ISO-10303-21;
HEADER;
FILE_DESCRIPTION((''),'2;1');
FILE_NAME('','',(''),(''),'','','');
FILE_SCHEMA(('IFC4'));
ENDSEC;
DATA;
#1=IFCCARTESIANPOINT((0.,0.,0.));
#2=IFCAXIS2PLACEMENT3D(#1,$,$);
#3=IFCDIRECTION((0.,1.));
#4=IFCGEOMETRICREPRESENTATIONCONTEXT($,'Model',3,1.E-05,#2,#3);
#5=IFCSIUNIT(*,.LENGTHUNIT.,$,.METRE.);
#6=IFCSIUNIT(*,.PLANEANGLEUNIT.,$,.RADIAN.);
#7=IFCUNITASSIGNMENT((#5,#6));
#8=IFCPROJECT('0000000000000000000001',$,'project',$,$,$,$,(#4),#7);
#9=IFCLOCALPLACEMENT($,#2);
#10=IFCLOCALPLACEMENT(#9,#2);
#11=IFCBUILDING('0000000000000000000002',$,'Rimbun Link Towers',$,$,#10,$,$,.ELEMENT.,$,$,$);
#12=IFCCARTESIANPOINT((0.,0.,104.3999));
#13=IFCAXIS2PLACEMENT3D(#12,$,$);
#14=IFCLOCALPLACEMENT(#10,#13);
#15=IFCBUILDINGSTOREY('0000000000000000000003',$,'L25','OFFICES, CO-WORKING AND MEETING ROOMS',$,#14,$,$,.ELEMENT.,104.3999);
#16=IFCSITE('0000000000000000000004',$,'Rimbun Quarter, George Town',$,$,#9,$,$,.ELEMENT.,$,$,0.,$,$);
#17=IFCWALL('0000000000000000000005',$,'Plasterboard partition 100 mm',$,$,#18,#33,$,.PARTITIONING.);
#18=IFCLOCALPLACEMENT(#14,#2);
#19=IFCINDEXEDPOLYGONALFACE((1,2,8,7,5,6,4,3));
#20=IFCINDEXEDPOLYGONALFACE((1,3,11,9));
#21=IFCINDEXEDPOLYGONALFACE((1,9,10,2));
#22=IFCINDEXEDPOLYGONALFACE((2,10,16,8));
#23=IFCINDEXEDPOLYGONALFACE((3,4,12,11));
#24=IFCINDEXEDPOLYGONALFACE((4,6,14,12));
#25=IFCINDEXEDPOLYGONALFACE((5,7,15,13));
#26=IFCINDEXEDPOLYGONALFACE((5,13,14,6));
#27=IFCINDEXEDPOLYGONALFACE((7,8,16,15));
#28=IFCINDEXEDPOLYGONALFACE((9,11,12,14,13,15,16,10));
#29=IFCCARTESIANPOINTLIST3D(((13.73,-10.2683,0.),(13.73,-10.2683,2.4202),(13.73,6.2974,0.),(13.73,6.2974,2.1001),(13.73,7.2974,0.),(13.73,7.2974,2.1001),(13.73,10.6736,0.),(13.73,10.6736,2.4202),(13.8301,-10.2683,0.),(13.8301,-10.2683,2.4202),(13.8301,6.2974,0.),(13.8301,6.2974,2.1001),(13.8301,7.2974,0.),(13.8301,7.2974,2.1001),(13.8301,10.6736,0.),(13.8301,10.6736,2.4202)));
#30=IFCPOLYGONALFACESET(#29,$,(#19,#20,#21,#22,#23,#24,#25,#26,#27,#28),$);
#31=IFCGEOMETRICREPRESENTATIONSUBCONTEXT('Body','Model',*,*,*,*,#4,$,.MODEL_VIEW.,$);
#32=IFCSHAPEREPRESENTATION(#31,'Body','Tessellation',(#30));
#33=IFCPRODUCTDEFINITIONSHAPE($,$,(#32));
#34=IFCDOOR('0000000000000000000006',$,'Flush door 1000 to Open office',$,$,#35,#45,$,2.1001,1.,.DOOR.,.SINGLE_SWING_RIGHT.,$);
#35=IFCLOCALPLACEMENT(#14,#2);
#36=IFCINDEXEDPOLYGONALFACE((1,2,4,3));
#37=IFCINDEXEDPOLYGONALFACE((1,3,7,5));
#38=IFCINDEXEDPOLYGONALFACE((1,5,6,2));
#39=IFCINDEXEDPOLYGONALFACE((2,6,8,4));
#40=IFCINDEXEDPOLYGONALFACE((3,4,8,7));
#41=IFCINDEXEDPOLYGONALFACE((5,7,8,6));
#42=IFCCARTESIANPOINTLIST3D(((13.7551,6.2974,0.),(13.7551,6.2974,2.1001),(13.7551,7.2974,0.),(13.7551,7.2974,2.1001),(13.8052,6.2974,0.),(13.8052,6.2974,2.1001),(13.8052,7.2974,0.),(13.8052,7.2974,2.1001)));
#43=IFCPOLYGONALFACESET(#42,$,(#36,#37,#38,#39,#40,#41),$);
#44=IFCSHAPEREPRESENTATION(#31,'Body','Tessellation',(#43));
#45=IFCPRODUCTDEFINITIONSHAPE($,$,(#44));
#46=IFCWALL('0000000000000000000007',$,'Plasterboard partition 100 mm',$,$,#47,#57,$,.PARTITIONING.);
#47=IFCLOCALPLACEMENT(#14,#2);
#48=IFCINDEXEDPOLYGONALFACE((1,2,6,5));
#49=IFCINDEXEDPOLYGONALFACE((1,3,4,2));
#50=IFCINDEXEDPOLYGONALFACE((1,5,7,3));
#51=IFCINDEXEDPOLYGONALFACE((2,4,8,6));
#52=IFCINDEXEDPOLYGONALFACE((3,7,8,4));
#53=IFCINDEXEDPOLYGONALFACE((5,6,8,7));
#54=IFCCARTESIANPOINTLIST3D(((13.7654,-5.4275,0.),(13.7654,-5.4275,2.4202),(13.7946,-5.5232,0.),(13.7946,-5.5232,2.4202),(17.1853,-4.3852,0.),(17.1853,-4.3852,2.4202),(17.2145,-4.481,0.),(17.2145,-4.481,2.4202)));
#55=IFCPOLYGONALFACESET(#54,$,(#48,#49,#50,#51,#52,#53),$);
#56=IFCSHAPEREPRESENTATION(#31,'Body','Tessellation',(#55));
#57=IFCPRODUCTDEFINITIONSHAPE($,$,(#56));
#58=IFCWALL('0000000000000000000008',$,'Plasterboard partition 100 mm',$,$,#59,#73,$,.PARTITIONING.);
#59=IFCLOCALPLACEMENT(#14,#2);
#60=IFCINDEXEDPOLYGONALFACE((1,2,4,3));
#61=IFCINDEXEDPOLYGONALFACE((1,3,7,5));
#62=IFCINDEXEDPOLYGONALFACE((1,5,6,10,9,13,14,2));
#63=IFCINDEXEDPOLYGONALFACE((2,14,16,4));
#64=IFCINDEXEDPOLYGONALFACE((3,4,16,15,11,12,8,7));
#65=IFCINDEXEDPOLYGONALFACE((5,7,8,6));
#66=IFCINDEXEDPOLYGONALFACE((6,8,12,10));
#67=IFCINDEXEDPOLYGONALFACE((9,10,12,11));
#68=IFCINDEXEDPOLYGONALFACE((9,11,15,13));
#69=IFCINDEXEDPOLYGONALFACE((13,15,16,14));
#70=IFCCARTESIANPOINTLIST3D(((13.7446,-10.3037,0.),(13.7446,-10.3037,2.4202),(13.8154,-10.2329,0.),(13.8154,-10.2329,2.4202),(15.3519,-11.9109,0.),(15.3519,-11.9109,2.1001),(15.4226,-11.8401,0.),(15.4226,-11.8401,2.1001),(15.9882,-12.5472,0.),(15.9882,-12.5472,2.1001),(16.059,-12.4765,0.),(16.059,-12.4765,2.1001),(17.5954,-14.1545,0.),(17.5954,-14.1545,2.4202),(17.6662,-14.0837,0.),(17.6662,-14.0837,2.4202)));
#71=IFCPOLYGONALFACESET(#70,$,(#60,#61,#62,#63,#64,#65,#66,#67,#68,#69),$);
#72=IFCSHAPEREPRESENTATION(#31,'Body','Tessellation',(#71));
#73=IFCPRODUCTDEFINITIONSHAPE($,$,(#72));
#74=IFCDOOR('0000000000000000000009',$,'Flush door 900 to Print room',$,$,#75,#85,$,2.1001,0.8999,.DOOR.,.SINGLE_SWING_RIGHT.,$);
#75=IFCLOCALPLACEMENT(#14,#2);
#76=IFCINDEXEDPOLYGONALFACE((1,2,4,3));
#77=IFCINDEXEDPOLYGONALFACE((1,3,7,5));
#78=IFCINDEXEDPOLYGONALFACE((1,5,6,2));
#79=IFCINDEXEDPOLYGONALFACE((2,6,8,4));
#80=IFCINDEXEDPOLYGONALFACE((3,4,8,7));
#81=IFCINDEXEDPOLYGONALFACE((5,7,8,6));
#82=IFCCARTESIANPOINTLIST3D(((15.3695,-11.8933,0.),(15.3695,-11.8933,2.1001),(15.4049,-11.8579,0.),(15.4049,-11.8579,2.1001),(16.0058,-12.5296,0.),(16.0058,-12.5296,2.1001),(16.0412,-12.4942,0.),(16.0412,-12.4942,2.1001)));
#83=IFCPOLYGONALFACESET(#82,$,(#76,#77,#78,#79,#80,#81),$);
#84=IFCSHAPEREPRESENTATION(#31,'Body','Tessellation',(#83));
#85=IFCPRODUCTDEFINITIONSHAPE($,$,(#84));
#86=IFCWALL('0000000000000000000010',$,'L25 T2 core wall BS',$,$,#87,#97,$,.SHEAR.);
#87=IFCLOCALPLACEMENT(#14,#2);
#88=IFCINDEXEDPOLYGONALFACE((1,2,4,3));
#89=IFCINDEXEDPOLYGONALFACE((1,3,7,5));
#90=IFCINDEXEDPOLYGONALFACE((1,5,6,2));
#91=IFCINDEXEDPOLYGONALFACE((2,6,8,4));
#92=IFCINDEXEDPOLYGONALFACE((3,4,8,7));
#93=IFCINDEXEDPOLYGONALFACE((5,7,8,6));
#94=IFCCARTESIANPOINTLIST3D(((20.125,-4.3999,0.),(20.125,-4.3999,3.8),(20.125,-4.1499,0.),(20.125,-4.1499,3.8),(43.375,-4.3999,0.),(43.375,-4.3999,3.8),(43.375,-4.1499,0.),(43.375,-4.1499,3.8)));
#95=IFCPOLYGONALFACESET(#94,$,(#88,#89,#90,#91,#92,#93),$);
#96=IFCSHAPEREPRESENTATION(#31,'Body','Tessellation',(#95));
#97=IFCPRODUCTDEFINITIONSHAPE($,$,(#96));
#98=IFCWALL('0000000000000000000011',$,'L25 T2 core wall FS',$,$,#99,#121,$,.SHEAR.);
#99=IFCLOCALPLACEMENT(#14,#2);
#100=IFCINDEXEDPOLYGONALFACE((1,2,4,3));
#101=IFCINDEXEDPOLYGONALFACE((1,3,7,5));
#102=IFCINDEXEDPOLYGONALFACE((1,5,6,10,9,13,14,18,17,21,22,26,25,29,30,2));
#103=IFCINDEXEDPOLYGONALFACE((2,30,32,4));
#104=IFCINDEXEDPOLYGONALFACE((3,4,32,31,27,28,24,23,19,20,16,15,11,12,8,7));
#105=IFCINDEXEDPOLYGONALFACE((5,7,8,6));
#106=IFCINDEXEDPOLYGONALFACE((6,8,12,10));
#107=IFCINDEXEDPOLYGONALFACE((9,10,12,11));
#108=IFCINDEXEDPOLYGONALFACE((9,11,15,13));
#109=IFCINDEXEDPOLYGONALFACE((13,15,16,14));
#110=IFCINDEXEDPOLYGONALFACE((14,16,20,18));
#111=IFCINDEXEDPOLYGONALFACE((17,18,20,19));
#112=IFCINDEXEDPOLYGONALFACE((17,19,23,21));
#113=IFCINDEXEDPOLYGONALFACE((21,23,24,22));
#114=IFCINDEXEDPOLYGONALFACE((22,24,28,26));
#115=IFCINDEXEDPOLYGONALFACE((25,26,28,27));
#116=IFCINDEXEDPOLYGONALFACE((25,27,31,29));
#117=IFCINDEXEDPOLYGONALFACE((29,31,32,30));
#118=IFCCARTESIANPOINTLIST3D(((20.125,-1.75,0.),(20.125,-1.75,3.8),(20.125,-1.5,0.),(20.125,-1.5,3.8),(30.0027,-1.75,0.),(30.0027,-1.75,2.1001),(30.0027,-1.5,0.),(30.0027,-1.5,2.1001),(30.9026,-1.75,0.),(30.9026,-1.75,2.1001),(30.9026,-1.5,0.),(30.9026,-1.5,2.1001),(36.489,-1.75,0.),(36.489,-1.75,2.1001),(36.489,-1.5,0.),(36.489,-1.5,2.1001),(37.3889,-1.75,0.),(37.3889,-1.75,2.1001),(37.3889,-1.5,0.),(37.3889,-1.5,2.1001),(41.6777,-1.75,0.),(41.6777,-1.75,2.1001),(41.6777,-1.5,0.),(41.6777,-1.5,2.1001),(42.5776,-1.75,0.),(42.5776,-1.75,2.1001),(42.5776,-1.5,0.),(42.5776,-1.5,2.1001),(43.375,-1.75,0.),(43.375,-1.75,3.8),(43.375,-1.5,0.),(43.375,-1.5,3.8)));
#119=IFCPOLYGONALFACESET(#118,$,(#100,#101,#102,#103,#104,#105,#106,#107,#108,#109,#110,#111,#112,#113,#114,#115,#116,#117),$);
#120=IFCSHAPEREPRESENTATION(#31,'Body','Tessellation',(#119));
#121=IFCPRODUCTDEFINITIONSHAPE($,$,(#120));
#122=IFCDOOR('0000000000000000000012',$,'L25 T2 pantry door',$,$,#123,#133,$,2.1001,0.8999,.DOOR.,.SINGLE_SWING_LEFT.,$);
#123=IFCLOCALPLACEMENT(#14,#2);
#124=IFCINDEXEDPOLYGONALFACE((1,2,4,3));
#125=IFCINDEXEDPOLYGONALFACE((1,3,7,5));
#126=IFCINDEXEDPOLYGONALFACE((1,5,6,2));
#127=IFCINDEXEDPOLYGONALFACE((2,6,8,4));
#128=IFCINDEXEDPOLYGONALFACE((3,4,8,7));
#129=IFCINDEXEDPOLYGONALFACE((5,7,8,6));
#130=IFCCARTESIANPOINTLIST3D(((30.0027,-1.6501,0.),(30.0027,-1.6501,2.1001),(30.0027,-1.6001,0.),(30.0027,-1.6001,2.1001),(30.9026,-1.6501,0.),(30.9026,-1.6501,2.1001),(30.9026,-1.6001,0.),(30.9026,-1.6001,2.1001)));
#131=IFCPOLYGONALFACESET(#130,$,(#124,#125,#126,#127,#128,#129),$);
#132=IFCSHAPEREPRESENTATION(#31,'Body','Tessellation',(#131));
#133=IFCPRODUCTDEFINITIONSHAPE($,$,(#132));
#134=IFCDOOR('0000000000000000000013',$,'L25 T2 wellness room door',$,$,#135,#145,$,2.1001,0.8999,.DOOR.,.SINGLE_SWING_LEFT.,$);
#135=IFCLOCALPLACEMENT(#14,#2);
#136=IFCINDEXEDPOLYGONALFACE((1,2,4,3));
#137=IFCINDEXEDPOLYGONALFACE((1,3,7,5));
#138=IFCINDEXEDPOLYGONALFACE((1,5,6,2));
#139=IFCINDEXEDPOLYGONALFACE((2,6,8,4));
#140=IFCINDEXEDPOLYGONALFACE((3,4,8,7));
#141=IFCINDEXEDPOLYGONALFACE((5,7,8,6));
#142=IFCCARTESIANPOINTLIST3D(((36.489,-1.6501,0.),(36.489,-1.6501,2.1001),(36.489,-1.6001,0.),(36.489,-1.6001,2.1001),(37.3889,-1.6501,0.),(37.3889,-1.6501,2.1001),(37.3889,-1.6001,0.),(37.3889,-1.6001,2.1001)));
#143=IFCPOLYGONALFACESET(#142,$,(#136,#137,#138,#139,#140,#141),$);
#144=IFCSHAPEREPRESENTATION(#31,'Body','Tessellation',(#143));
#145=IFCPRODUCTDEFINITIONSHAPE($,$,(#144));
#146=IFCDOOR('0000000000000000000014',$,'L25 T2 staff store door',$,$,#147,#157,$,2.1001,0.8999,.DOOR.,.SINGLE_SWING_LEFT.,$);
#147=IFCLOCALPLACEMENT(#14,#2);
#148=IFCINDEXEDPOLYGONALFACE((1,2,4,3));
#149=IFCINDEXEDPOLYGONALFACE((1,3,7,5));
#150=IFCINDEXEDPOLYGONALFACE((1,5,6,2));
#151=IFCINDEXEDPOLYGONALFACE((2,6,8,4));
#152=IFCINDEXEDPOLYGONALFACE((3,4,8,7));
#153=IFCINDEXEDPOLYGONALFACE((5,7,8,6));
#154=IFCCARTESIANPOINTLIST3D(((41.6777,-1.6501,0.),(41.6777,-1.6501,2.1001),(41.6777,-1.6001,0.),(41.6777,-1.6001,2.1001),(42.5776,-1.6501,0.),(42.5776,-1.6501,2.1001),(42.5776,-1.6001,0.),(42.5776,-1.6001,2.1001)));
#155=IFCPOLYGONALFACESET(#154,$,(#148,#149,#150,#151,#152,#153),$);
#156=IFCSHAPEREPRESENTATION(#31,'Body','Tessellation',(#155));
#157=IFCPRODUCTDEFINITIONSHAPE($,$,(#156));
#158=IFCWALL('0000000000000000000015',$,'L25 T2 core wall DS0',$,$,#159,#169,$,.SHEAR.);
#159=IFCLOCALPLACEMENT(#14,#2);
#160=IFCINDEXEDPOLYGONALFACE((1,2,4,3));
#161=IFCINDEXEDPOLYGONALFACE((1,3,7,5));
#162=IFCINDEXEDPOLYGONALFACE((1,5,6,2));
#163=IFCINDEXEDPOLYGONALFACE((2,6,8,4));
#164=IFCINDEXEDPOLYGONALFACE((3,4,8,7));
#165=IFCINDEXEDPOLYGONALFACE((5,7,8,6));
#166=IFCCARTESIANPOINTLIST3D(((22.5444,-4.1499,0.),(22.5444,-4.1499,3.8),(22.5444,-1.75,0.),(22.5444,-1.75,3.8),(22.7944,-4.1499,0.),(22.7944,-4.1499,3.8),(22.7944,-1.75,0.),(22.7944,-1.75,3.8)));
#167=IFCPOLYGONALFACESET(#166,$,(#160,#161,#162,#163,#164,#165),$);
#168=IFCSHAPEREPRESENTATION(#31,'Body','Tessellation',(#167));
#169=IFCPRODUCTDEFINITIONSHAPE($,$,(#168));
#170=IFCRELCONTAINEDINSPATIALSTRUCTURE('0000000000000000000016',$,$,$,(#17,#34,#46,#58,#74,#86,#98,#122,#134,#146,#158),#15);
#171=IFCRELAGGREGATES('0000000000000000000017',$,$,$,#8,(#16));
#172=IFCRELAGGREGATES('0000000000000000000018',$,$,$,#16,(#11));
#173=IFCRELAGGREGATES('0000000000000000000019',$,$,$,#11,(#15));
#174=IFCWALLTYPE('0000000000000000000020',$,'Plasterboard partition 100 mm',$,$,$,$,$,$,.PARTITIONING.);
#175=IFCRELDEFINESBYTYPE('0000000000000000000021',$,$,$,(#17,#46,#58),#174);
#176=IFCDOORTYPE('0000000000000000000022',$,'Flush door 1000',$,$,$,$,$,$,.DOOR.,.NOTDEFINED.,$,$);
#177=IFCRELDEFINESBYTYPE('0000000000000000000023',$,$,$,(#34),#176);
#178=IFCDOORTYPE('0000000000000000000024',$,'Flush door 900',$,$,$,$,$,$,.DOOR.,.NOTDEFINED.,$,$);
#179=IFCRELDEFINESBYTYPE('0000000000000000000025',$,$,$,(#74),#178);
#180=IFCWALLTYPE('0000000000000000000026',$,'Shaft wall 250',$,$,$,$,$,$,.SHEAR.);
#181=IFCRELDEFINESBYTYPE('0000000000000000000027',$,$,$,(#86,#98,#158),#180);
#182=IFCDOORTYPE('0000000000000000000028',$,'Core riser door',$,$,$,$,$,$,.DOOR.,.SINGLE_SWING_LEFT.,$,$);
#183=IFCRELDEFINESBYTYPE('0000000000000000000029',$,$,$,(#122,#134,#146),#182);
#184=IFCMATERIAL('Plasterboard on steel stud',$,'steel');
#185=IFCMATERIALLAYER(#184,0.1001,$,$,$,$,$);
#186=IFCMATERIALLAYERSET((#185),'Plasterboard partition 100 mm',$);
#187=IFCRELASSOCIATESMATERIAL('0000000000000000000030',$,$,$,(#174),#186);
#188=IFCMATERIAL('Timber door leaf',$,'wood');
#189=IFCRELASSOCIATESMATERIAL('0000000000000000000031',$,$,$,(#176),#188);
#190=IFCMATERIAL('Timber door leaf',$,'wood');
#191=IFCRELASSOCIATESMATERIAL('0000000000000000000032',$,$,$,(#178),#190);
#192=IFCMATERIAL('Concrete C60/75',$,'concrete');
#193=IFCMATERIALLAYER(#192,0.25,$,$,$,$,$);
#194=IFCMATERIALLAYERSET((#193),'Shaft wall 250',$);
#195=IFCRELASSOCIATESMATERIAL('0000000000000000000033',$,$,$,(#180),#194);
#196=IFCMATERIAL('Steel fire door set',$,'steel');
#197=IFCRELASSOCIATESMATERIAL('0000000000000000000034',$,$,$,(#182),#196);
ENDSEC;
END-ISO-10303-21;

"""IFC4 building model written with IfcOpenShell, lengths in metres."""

from ifc_helpers import new_model, si_unit, direction, frame, frame_2d, origin, place, context, subcontext, project, spatial, rectangle, extrude, material, layer, layer_set, type_object, element, fill, save


model = new_model("IFC4")

# Units and contexts
model_context = context("Model", 3, precision=1e-05, world=origin(), true_north=direction((0.0, 1.0)))
body_context = subcontext(model_context, "Body", "Model", "MODEL_VIEW")
ifc_project = project(units=[si_unit("LENGTHUNIT", "METRE"), si_unit("PLANEANGLEUNIT", "RADIAN")], contexts=[model_context])

# Site, building, storey
site_placement = place(None, origin())
site = spatial("IfcSite", under=ifc_project, at=site_placement, Name="Rimbun Quarter, George Town", CompositionType="ELEMENT", RefElevation=0.0)
building_placement = place(site_placement, origin())
building = spatial("IfcBuilding", under=site, at=building_placement, Name="Rimbun Link Towers", CompositionType="ELEMENT")
storey_placement = place(building_placement, frame((0.0, 0.0, 104.3999)))
storey = spatial("IfcBuildingStorey", under=building, at=storey_placement, Name="L25", Description="OFFICES, CO-WORKING AND MEETING ROOMS", CompositionType="ELEMENT", Elevation=104.3999)

# Wall, opening, door
ifc_material_1 = material(Name="Plasterboard on steel stud", Category="steel")
ifc_layer_1 = layer(ifc_material_1, 0.1001)
ifc_layer_set_1 = layer_set([ifc_layer_1], Name="Plasterboard partition 100 mm")
wall_type_1 = type_object("IfcWallType", Name="Plasterboard partition 100 mm", PredefinedType="PARTITIONING", material=ifc_layer_set_1)
wall_1_placement = place(storey_placement, frame((13.78, -10.2683, 0.0), z_axis=(0.0, 0.0, 1.0), x_axis=(0.0, 1.0, 0.0)))
wall_1 = element("IfcWall", 1, at=wall_1_placement, inside=storey, type_object=wall_type_1, Name="Plasterboard partition 100 mm", PredefinedType="PARTITIONING", context=body_context, shape_type="SweptSolid", body=[
    extrude(rectangle(XDim=20.9419, YDim=0.1001, at=frame_2d((10.4709, 0.0))), origin(), (0.0, 0.0, 1.0), 2.4202),
])
opening_1_placement = place(wall_1_placement, frame((16.5657, 0.0, 0.0)))
opening_1 = element("IfcOpeningElement", 2, at=opening_1_placement, cuts=wall_1, PredefinedType="OPENING", context=body_context, shape_type="SweptSolid", body=[
    extrude(rectangle(XDim=1.0, YDim=2.1001, at=frame_2d((0.5, 1.05))), frame((0.0, 0.0601, 0.0), z_axis=(0.0, -1.0, 0.0), x_axis=(1.0, 0.0, 0.0)), (0.0, 0.0, 1.0), 0.1201),
])
ifc_material_2 = material(Name="Timber door leaf", Category="wood")
door_type_1 = type_object("IfcDoorType", Name="Flush door 1000", OperationType="NOTDEFINED", PredefinedType="DOOR", material=ifc_material_2)
door_1_placement = place(opening_1_placement, origin())
door_1 = element("IfcDoor", 3, at=door_1_placement, inside=storey, type_object=door_type_1, Name="Flush door 1000 to Open office", OperationType="SINGLE_SWING_RIGHT", OverallHeight=2.1001, OverallWidth=1.0, PredefinedType="DOOR", context=body_context, shape_type="SweptSolid", body=[
    extrude(rectangle(XDim=1.0, YDim=2.1001, at=frame_2d((0.5, 1.05))), frame((0.0, 0.0249, 0.0), z_axis=(0.0, -1.0, 0.0), x_axis=(1.0, 0.0, 0.0)), (0.0, 0.0, 1.0), 0.05),
])
fill(opening_1, door_1)

# Wall
wall_2_placement = place(storey_placement, frame((13.78, -5.4753, 0.0), z_axis=(0.0, 0.0, 1.0), x_axis=(0.956565, 0.291518, 0.0)))
element("IfcWall", 4, at=wall_2_placement, inside=storey, type_object=wall_type_1, Name="Plasterboard partition 100 mm", PredefinedType="PARTITIONING", context=body_context, shape_type="SweptSolid", body=[
    extrude(rectangle(XDim=3.5752, YDim=0.1001, at=frame_2d((1.7876, 0.0))), origin(), (0.0, 0.0, 1.0), 2.4202),
])

# Wall, opening, door
wall_3_placement = place(storey_placement, frame((13.78, -10.2683, 0.0), z_axis=(0.0, 0.0, 1.0), x_axis=(0.707107, -0.707107, 0.0)))
wall_3 = element("IfcWall", 5, at=wall_3_placement, inside=storey, type_object=wall_type_1, Name="Plasterboard partition 100 mm", PredefinedType="PARTITIONING", context=body_context, shape_type="SweptSolid", body=[
    extrude(rectangle(XDim=5.4458, YDim=0.1001, at=frame_2d((2.7229, 0.0))), origin(), (0.0, 0.0, 1.0), 2.4202),
])
opening_2_placement = place(wall_3_placement, frame((2.2729, 0.0, 0.0)))
opening_2 = element("IfcOpeningElement", 6, at=opening_2_placement, cuts=wall_3, PredefinedType="OPENING", context=body_context, shape_type="SweptSolid", body=[
    extrude(rectangle(XDim=0.8999, YDim=2.1001, at=frame_2d((0.45, 1.05))), frame((0.0, 0.0601, 0.0), z_axis=(0.0, -1.0, 0.0), x_axis=(1.0, 0.0, 0.0)), (0.0, 0.0, 1.0), 0.1201),
])
ifc_material_3 = material(Name="Timber door leaf", Category="wood")
door_type_2 = type_object("IfcDoorType", Name="Flush door 900", OperationType="NOTDEFINED", PredefinedType="DOOR", material=ifc_material_3)
door_2_placement = place(opening_2_placement, origin())
door_2 = element("IfcDoor", 7, at=door_2_placement, inside=storey, type_object=door_type_2, Name="Flush door 900 to Print room", OperationType="SINGLE_SWING_RIGHT", OverallHeight=2.1001, OverallWidth=0.8999, PredefinedType="DOOR", context=body_context, shape_type="SweptSolid", body=[
    extrude(rectangle(XDim=0.8999, YDim=2.1001, at=frame_2d((0.45, 1.05))), frame((0.0, 0.0249, 0.0), z_axis=(0.0, -1.0, 0.0), x_axis=(1.0, 0.0, 0.0)), (0.0, 0.0, 1.0), 0.05),
])
fill(opening_2, door_2)

# Wall
ifc_material_4 = material(Name="Concrete C60/75", Category="concrete")
ifc_layer_2 = layer(ifc_material_4, 0.25)
ifc_layer_set_2 = layer_set([ifc_layer_2], Name="Shaft wall 250")
wall_type_2 = type_object("IfcWallType", Name="Shaft wall 250", PredefinedType="SHEAR", material=ifc_layer_set_2)
wall_4_placement = place(storey_placement, frame((20.125, -4.2749, 0.0), z_axis=(0.0, 0.0, 1.0), x_axis=(1.0, 0.0, 0.0)))
element("IfcWall", 8, at=wall_4_placement, inside=storey, type_object=wall_type_2, Name="L25 T2 core wall BS", PredefinedType="SHEAR", context=body_context, shape_type="SweptSolid", body=[
    extrude(rectangle(XDim=23.25, YDim=0.25, at=frame_2d((11.625, 0.0))), origin(), (0.0, 0.0, 1.0), 3.8),
])

# Wall, openings, doors
wall_5_placement = place(storey_placement, frame((20.125, -1.625, 0.0), z_axis=(0.0, 0.0, 1.0), x_axis=(1.0, 0.0, 0.0)))
wall_5 = element("IfcWall", 9, at=wall_5_placement, inside=storey, type_object=wall_type_2, Name="L25 T2 core wall FS", PredefinedType="SHEAR", context=body_context, shape_type="SweptSolid", body=[
    extrude(rectangle(XDim=23.25, YDim=0.25, at=frame_2d((11.625, 0.0))), origin(), (0.0, 0.0, 1.0), 3.8),
])
opening_3_placement = place(wall_5_placement, frame((9.8777, 0.0, 0.0)))
opening_3 = element("IfcOpeningElement", 10, at=opening_3_placement, cuts=wall_5, PredefinedType="OPENING", context=body_context, shape_type="SweptSolid", body=[
    extrude(rectangle(XDim=0.8999, YDim=2.1001, at=frame_2d((0.45, 1.05))), frame((0.0, 0.135, 0.0), z_axis=(0.0, -1.0, 0.0), x_axis=(1.0, 0.0, 0.0)), (0.0, 0.0, 1.0), 0.27),
])
opening_4_placement = place(wall_5_placement, frame((16.364, 0.0, 0.0)))
opening_4 = element("IfcOpeningElement", 11, at=opening_4_placement, cuts=wall_5, PredefinedType="OPENING", context=body_context, shape_type="SweptSolid", body=[
    extrude(rectangle(XDim=0.8999, YDim=2.1001, at=frame_2d((0.45, 1.05))), frame((0.0, 0.135, 0.0), z_axis=(0.0, -1.0, 0.0), x_axis=(1.0, 0.0, 0.0)), (0.0, 0.0, 1.0), 0.27),
])
opening_5_placement = place(wall_5_placement, frame((21.5527, 0.0, 0.0)))
opening_5 = element("IfcOpeningElement", 12, at=opening_5_placement, cuts=wall_5, PredefinedType="OPENING", context=body_context, shape_type="SweptSolid", body=[
    extrude(rectangle(XDim=0.8999, YDim=2.1001, at=frame_2d((0.45, 1.05))), frame((0.0, 0.135, 0.0), z_axis=(0.0, -1.0, 0.0), x_axis=(1.0, 0.0, 0.0)), (0.0, 0.0, 1.0), 0.27),
])
ifc_material_5 = material(Name="Steel fire door set", Category="steel")
door_type_3 = type_object("IfcDoorType", Name="Core riser door", OperationType="SINGLE_SWING_LEFT", PredefinedType="DOOR", material=ifc_material_5)
door_3_placement = place(opening_3_placement, origin())
door_3 = element("IfcDoor", 13, at=door_3_placement, inside=storey, type_object=door_type_3, Name="L25 T2 pantry door", OperationType="SINGLE_SWING_LEFT", OverallHeight=2.1001, OverallWidth=0.8999, PredefinedType="DOOR", context=body_context, shape_type="SweptSolid", body=[
    extrude(rectangle(XDim=0.8999, YDim=2.1001, at=frame_2d((0.45, 1.05))), frame((0.0, 0.0249, 0.0), z_axis=(0.0, -1.0, 0.0), x_axis=(1.0, 0.0, 0.0)), (0.0, 0.0, 1.0), 0.05),
])
fill(opening_3, door_3)
door_4_placement = place(opening_4_placement, origin())
door_4 = element("IfcDoor", 14, at=door_4_placement, inside=storey, type_object=door_type_3, Name="L25 T2 wellness room door", OperationType="SINGLE_SWING_LEFT", OverallHeight=2.1001, OverallWidth=0.8999, PredefinedType="DOOR", context=body_context, shape_type="SweptSolid", body=[
    extrude(rectangle(XDim=0.8999, YDim=2.1001, at=frame_2d((0.45, 1.05))), frame((0.0, 0.0249, 0.0), z_axis=(0.0, -1.0, 0.0), x_axis=(1.0, 0.0, 0.0)), (0.0, 0.0, 1.0), 0.05),
])
fill(opening_4, door_4)
door_5_placement = place(opening_5_placement, origin())
door_5 = element("IfcDoor", 15, at=door_5_placement, inside=storey, type_object=door_type_3, Name="L25 T2 staff store door", OperationType="SINGLE_SWING_LEFT", OverallHeight=2.1001, OverallWidth=0.8999, PredefinedType="DOOR", context=body_context, shape_type="SweptSolid", body=[
    extrude(rectangle(XDim=0.8999, YDim=2.1001, at=frame_2d((0.45, 1.05))), frame((0.0, 0.0249, 0.0), z_axis=(0.0, -1.0, 0.0), x_axis=(1.0, 0.0, 0.0)), (0.0, 0.0, 1.0), 0.05),
])
fill(opening_5, door_5)

# Wall
for number, where, z_axis, x_axis, name in (
    (16, (22.6694, -4.1499, 0.0), (0.0, 0.0, 1.0), (0.0, 1.0, 0.0), "L25 T2 core wall DS0"),
):
    element("IfcWall", number, at=place(storey_placement, frame(where, z_axis=z_axis, x_axis=x_axis)), inside=storey, type_object=wall_type_2, Name=name, PredefinedType="SHEAR", context=body_context, shape_type="SweptSolid", body=[
        extrude(rectangle(XDim=2.3999, YDim=0.25, at=frame_2d((1.2, 0.0))), origin(), (0.0, 0.0, 1.0), 3.8),
    ])

save(model, "model.ifc")
